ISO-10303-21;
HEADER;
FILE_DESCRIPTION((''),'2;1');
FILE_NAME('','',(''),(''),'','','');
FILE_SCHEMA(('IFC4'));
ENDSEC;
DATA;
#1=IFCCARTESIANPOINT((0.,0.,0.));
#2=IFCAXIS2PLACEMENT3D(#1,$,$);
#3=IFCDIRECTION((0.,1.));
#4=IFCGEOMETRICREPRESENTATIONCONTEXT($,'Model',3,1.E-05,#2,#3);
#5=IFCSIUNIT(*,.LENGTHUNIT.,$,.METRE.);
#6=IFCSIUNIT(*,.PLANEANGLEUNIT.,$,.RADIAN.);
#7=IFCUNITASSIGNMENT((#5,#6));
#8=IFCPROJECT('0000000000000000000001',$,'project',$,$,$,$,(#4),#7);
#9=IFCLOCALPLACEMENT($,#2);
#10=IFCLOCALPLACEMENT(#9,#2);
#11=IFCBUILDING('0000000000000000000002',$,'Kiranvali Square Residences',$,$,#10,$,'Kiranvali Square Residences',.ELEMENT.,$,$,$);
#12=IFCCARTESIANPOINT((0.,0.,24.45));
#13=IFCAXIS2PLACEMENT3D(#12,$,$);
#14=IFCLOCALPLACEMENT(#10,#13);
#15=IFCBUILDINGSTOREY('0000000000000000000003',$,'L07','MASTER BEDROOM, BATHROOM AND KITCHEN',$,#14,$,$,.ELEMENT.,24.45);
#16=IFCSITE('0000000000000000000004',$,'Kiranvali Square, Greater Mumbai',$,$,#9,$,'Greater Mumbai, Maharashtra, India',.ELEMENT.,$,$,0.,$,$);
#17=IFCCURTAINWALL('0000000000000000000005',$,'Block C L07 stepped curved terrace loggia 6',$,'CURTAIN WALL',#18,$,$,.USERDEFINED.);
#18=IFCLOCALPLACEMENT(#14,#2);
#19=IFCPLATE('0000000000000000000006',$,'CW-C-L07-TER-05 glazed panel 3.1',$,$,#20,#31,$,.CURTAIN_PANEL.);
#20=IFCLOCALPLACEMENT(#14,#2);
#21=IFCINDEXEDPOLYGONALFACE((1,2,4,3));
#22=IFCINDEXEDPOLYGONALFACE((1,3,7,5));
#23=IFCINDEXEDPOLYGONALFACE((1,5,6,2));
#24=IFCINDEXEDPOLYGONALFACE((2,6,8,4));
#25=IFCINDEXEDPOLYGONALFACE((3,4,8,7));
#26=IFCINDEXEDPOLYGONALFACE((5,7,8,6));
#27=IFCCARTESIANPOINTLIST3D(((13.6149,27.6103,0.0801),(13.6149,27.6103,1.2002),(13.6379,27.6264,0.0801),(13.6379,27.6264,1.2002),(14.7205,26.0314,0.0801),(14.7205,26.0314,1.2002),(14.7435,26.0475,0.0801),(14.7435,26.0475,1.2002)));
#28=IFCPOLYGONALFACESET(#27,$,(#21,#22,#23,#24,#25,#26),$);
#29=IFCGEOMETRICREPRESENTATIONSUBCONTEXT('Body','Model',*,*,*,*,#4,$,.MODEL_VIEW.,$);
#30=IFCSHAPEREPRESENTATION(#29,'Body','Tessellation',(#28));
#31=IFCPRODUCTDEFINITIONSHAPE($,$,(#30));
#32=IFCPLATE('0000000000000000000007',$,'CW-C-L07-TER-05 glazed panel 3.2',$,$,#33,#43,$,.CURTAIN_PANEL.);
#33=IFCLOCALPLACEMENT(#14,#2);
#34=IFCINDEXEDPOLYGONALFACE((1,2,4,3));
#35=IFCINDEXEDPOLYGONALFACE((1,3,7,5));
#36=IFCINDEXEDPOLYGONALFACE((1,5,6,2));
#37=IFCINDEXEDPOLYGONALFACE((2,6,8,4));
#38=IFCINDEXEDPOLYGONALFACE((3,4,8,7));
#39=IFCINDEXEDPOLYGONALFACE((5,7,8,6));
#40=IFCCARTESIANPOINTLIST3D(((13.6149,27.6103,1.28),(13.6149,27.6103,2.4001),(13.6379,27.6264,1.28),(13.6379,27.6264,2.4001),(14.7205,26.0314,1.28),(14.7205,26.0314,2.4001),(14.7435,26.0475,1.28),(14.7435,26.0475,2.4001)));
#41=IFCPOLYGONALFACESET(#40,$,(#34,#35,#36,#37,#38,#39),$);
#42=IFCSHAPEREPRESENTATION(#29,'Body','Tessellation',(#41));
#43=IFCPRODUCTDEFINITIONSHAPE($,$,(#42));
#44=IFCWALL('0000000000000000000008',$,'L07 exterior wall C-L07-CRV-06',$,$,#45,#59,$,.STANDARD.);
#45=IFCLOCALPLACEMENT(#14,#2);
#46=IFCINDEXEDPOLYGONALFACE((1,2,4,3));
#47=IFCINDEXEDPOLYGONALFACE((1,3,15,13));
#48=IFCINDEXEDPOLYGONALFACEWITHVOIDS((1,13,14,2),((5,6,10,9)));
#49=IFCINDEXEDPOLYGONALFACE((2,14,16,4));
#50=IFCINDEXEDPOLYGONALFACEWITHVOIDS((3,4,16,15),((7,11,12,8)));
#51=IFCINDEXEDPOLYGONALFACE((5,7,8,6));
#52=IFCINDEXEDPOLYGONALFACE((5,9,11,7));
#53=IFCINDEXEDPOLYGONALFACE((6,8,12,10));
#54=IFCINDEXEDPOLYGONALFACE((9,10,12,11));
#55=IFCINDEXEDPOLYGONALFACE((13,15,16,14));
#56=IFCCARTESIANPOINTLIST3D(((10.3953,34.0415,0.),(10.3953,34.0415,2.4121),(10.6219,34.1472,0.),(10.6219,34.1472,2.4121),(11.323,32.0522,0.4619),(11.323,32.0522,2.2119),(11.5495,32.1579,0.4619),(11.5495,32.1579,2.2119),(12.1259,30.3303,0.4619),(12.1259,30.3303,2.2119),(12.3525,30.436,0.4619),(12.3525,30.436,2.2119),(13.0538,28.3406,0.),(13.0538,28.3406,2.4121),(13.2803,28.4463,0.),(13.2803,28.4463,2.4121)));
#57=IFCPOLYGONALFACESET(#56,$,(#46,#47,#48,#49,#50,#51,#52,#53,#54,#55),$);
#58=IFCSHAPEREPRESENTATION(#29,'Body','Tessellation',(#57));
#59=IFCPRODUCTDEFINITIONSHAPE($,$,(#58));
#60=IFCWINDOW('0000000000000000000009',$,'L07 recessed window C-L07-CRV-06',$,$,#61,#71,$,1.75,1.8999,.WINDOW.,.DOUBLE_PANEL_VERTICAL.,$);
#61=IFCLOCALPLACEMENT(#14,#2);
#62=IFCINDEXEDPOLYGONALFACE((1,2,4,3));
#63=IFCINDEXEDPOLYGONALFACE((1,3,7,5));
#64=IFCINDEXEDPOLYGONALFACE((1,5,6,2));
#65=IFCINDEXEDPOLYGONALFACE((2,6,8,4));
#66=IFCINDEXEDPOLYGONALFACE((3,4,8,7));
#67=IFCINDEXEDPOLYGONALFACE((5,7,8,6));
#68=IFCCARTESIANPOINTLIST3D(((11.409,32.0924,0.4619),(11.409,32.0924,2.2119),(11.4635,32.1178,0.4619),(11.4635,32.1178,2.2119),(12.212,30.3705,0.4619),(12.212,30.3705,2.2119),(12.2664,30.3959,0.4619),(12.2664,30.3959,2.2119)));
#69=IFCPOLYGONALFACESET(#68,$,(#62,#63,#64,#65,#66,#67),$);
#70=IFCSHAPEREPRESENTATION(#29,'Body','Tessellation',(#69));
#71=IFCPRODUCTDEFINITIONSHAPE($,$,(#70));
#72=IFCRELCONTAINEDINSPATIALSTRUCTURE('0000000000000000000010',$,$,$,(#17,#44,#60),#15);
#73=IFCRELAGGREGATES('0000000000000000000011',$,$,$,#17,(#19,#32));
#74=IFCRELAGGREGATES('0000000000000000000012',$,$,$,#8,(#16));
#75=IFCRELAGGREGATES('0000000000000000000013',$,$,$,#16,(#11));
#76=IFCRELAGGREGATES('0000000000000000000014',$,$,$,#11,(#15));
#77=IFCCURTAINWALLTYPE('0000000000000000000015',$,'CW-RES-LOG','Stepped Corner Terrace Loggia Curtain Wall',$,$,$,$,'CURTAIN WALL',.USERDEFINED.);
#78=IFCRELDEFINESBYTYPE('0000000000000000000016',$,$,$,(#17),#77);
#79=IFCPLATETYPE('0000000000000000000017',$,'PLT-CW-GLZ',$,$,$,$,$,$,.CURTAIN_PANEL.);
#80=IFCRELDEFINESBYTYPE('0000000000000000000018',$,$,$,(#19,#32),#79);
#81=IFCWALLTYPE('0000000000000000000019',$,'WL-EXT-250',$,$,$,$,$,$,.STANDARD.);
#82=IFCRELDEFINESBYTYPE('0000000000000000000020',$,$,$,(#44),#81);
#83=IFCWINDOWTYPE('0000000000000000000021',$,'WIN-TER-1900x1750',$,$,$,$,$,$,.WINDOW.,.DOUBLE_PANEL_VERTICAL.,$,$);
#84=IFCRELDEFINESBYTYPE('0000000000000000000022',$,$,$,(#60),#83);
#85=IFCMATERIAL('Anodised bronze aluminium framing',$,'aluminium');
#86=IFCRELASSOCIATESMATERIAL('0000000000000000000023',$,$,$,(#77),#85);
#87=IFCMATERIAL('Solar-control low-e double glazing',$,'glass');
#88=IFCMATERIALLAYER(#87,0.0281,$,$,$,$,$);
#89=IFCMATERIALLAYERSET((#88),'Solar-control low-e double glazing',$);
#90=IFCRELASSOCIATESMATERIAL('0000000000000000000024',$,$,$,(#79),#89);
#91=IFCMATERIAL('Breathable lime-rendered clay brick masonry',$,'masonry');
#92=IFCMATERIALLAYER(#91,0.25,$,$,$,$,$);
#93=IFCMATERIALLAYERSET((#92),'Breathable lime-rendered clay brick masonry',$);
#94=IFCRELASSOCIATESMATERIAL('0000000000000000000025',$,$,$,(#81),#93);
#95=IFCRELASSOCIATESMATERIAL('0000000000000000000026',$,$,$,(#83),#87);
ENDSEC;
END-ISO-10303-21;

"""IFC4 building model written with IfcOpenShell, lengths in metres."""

from ifc_helpers import new_model, si_unit, direction, frame, frame_2d, origin, origin_2d, place, context, subcontext, project, spatial, rectangle, extrude, material, layer, layer_set, type_object, element, fill, aggregate, save


model = new_model("IFC4")

# Units and contexts
model_context = context("Model", 3, precision=1e-05, world=origin(), true_north=direction((0.0, 1.0)))
body_context = subcontext(model_context, "Body", "Model", "MODEL_VIEW")
ifc_project = project(units=[si_unit("LENGTHUNIT", "METRE"), si_unit("PLANEANGLEUNIT", "RADIAN")], contexts=[model_context])

# Site, building, storey
site_placement = place(None, origin())
site = spatial("IfcSite", under=ifc_project, at=site_placement, Name="Kiranvali Square, Greater Mumbai", LongName="Greater Mumbai, Maharashtra, India", CompositionType="ELEMENT", RefElevation=0.0)
building_placement = place(site_placement, origin())
building = spatial("IfcBuilding", under=site, at=building_placement, Name="Kiranvali Square Residences", LongName="Kiranvali Square Residences", CompositionType="ELEMENT")
storey_placement = place(building_placement, frame((0.0, 0.0, 24.45)))
storey = spatial("IfcBuildingStorey", under=building, at=storey_placement, Name="L07", Description="MASTER BEDROOM, BATHROOM AND KITCHEN", CompositionType="ELEMENT", Elevation=24.45)

# Curtain wall
ifc_material_1 = material(Name="Anodised bronze aluminium framing", Category="aluminium")
curtain_wall_type = type_object("IfcCurtainWallType", Name="CW-RES-LOG", Description="Stepped Corner Terrace Loggia Curtain Wall", ElementType="CURTAIN WALL", PredefinedType="USERDEFINED", material=ifc_material_1)
curtain_wall_placement = place(storey_placement, origin())
curtain_wall = element("IfcCurtainWall", 1, at=curtain_wall_placement, inside=storey, type_object=curtain_wall_type, Name="Block C L07 stepped curved terrace loggia 6", ObjectType="CURTAIN WALL", PredefinedType="USERDEFINED")

# Plates
ifc_material_2 = material(Name="Solar-control low-e double glazing", Category="glass")
ifc_layer_1 = layer(ifc_material_2, 0.0281)
ifc_layer_set_1 = layer_set([ifc_layer_1], Name="Solar-control low-e double glazing")
plate_type = type_object("IfcPlateType", Name="PLT-CW-GLZ", PredefinedType="CURTAIN_PANEL", material=ifc_layer_set_1)
plate_1_placement = place(storey_placement, frame((14.1792, 26.8289, 0.0801), z_axis=(0.0, 0.0, 1.0), x_axis=(-0.573576, 0.819152, 0.0)))
plate_1 = element("IfcPlate", 2, at=plate_1_placement, type_object=plate_type, Name="CW-C-L07-TER-05 glazed panel 3.1", PredefinedType="CURTAIN_PANEL", context=body_context, shape_type="SweptSolid", body=[
    extrude(rectangle(XDim=1.9275, YDim=0.0281, at=origin_2d()), origin(), (0.0, 0.0, 1.0), 1.1201),
])
plate_2_placement = place(storey_placement, frame((14.1792, 26.8289, 1.28), z_axis=(0.0, 0.0, 1.0), x_axis=(-0.573576, 0.819152, 0.0)))
plate_2 = element("IfcPlate", 3, at=plate_2_placement, type_object=plate_type, Name="CW-C-L07-TER-05 glazed panel 3.2", PredefinedType="CURTAIN_PANEL", context=body_context, shape_type="SweptSolid", body=[
    extrude(rectangle(XDim=1.9275, YDim=0.0281, at=origin_2d()), origin(), (0.0, 0.0, 1.0), 1.1201),
])
aggregate(curtain_wall, [plate_1, plate_2])

# Wall, opening, window
ifc_material_3 = material(Name="Breathable lime-rendered clay brick masonry", Category="masonry")
ifc_layer_2 = layer(ifc_material_3, 0.25)
ifc_layer_set_2 = layer_set([ifc_layer_2], Name="Breathable lime-rendered clay brick masonry")
wall_type = type_object("IfcWallType", Name="WL-EXT-250", PredefinedType="STANDARD", material=ifc_layer_set_2)
wall_placement = place(storey_placement, frame((13.167, 28.3936, 0.0), z_axis=(0.0, 0.0, 1.0), x_axis=(-0.422626, 0.906304, 0.0)))
wall = element("IfcWall", 4, at=wall_placement, inside=storey, type_object=wall_type, Name="L07 exterior wall C-L07-CRV-06", PredefinedType="STANDARD", context=body_context, shape_type="SweptSolid", body=[
    extrude(rectangle(XDim=6.2903, YDim=0.25, at=frame_2d((3.145, 0.0))), origin(), (0.0, 0.0, 1.0), 2.4121),
])
opening_placement = place(wall_placement, frame((2.1953, 0.0, 0.4619)))
opening = element("IfcOpeningElement", 5, at=opening_placement, cuts=wall, PredefinedType="OPENING", context=body_context, shape_type="SweptSolid", body=[
    extrude(rectangle(XDim=1.8999, YDim=1.75, at=frame_2d((0.95, 0.875))), frame((0.0, 0.135, 0.0), z_axis=(0.0, -1.0, 0.0), x_axis=(1.0, 0.0, 0.0)), (0.0, 0.0, 1.0), 0.27),
])
window_type = type_object("IfcWindowType", Name="WIN-TER-1900x1750", PartitioningType="DOUBLE_PANEL_VERTICAL", PredefinedType="WINDOW", material=ifc_material_2)
window_placement = place(opening_placement, origin())
window = element("IfcWindow", 6, at=window_placement, inside=storey, type_object=window_type, Name="L07 recessed window C-L07-CRV-06", OverallHeight=1.75, OverallWidth=1.8999, PartitioningType="DOUBLE_PANEL_VERTICAL", PredefinedType="WINDOW", context=body_context, shape_type="SweptSolid", body=[
    extrude(rectangle(XDim=1.8999, YDim=1.75, at=frame_2d((0.95, 0.875))), frame((0.0, 0.03, 0.0), z_axis=(0.0, -1.0, 0.0), x_axis=(1.0, 0.0, 0.0)), (0.0, 0.0, 1.0), 0.0601),
])
fill(opening, window)

save(model, "model.ifc")
